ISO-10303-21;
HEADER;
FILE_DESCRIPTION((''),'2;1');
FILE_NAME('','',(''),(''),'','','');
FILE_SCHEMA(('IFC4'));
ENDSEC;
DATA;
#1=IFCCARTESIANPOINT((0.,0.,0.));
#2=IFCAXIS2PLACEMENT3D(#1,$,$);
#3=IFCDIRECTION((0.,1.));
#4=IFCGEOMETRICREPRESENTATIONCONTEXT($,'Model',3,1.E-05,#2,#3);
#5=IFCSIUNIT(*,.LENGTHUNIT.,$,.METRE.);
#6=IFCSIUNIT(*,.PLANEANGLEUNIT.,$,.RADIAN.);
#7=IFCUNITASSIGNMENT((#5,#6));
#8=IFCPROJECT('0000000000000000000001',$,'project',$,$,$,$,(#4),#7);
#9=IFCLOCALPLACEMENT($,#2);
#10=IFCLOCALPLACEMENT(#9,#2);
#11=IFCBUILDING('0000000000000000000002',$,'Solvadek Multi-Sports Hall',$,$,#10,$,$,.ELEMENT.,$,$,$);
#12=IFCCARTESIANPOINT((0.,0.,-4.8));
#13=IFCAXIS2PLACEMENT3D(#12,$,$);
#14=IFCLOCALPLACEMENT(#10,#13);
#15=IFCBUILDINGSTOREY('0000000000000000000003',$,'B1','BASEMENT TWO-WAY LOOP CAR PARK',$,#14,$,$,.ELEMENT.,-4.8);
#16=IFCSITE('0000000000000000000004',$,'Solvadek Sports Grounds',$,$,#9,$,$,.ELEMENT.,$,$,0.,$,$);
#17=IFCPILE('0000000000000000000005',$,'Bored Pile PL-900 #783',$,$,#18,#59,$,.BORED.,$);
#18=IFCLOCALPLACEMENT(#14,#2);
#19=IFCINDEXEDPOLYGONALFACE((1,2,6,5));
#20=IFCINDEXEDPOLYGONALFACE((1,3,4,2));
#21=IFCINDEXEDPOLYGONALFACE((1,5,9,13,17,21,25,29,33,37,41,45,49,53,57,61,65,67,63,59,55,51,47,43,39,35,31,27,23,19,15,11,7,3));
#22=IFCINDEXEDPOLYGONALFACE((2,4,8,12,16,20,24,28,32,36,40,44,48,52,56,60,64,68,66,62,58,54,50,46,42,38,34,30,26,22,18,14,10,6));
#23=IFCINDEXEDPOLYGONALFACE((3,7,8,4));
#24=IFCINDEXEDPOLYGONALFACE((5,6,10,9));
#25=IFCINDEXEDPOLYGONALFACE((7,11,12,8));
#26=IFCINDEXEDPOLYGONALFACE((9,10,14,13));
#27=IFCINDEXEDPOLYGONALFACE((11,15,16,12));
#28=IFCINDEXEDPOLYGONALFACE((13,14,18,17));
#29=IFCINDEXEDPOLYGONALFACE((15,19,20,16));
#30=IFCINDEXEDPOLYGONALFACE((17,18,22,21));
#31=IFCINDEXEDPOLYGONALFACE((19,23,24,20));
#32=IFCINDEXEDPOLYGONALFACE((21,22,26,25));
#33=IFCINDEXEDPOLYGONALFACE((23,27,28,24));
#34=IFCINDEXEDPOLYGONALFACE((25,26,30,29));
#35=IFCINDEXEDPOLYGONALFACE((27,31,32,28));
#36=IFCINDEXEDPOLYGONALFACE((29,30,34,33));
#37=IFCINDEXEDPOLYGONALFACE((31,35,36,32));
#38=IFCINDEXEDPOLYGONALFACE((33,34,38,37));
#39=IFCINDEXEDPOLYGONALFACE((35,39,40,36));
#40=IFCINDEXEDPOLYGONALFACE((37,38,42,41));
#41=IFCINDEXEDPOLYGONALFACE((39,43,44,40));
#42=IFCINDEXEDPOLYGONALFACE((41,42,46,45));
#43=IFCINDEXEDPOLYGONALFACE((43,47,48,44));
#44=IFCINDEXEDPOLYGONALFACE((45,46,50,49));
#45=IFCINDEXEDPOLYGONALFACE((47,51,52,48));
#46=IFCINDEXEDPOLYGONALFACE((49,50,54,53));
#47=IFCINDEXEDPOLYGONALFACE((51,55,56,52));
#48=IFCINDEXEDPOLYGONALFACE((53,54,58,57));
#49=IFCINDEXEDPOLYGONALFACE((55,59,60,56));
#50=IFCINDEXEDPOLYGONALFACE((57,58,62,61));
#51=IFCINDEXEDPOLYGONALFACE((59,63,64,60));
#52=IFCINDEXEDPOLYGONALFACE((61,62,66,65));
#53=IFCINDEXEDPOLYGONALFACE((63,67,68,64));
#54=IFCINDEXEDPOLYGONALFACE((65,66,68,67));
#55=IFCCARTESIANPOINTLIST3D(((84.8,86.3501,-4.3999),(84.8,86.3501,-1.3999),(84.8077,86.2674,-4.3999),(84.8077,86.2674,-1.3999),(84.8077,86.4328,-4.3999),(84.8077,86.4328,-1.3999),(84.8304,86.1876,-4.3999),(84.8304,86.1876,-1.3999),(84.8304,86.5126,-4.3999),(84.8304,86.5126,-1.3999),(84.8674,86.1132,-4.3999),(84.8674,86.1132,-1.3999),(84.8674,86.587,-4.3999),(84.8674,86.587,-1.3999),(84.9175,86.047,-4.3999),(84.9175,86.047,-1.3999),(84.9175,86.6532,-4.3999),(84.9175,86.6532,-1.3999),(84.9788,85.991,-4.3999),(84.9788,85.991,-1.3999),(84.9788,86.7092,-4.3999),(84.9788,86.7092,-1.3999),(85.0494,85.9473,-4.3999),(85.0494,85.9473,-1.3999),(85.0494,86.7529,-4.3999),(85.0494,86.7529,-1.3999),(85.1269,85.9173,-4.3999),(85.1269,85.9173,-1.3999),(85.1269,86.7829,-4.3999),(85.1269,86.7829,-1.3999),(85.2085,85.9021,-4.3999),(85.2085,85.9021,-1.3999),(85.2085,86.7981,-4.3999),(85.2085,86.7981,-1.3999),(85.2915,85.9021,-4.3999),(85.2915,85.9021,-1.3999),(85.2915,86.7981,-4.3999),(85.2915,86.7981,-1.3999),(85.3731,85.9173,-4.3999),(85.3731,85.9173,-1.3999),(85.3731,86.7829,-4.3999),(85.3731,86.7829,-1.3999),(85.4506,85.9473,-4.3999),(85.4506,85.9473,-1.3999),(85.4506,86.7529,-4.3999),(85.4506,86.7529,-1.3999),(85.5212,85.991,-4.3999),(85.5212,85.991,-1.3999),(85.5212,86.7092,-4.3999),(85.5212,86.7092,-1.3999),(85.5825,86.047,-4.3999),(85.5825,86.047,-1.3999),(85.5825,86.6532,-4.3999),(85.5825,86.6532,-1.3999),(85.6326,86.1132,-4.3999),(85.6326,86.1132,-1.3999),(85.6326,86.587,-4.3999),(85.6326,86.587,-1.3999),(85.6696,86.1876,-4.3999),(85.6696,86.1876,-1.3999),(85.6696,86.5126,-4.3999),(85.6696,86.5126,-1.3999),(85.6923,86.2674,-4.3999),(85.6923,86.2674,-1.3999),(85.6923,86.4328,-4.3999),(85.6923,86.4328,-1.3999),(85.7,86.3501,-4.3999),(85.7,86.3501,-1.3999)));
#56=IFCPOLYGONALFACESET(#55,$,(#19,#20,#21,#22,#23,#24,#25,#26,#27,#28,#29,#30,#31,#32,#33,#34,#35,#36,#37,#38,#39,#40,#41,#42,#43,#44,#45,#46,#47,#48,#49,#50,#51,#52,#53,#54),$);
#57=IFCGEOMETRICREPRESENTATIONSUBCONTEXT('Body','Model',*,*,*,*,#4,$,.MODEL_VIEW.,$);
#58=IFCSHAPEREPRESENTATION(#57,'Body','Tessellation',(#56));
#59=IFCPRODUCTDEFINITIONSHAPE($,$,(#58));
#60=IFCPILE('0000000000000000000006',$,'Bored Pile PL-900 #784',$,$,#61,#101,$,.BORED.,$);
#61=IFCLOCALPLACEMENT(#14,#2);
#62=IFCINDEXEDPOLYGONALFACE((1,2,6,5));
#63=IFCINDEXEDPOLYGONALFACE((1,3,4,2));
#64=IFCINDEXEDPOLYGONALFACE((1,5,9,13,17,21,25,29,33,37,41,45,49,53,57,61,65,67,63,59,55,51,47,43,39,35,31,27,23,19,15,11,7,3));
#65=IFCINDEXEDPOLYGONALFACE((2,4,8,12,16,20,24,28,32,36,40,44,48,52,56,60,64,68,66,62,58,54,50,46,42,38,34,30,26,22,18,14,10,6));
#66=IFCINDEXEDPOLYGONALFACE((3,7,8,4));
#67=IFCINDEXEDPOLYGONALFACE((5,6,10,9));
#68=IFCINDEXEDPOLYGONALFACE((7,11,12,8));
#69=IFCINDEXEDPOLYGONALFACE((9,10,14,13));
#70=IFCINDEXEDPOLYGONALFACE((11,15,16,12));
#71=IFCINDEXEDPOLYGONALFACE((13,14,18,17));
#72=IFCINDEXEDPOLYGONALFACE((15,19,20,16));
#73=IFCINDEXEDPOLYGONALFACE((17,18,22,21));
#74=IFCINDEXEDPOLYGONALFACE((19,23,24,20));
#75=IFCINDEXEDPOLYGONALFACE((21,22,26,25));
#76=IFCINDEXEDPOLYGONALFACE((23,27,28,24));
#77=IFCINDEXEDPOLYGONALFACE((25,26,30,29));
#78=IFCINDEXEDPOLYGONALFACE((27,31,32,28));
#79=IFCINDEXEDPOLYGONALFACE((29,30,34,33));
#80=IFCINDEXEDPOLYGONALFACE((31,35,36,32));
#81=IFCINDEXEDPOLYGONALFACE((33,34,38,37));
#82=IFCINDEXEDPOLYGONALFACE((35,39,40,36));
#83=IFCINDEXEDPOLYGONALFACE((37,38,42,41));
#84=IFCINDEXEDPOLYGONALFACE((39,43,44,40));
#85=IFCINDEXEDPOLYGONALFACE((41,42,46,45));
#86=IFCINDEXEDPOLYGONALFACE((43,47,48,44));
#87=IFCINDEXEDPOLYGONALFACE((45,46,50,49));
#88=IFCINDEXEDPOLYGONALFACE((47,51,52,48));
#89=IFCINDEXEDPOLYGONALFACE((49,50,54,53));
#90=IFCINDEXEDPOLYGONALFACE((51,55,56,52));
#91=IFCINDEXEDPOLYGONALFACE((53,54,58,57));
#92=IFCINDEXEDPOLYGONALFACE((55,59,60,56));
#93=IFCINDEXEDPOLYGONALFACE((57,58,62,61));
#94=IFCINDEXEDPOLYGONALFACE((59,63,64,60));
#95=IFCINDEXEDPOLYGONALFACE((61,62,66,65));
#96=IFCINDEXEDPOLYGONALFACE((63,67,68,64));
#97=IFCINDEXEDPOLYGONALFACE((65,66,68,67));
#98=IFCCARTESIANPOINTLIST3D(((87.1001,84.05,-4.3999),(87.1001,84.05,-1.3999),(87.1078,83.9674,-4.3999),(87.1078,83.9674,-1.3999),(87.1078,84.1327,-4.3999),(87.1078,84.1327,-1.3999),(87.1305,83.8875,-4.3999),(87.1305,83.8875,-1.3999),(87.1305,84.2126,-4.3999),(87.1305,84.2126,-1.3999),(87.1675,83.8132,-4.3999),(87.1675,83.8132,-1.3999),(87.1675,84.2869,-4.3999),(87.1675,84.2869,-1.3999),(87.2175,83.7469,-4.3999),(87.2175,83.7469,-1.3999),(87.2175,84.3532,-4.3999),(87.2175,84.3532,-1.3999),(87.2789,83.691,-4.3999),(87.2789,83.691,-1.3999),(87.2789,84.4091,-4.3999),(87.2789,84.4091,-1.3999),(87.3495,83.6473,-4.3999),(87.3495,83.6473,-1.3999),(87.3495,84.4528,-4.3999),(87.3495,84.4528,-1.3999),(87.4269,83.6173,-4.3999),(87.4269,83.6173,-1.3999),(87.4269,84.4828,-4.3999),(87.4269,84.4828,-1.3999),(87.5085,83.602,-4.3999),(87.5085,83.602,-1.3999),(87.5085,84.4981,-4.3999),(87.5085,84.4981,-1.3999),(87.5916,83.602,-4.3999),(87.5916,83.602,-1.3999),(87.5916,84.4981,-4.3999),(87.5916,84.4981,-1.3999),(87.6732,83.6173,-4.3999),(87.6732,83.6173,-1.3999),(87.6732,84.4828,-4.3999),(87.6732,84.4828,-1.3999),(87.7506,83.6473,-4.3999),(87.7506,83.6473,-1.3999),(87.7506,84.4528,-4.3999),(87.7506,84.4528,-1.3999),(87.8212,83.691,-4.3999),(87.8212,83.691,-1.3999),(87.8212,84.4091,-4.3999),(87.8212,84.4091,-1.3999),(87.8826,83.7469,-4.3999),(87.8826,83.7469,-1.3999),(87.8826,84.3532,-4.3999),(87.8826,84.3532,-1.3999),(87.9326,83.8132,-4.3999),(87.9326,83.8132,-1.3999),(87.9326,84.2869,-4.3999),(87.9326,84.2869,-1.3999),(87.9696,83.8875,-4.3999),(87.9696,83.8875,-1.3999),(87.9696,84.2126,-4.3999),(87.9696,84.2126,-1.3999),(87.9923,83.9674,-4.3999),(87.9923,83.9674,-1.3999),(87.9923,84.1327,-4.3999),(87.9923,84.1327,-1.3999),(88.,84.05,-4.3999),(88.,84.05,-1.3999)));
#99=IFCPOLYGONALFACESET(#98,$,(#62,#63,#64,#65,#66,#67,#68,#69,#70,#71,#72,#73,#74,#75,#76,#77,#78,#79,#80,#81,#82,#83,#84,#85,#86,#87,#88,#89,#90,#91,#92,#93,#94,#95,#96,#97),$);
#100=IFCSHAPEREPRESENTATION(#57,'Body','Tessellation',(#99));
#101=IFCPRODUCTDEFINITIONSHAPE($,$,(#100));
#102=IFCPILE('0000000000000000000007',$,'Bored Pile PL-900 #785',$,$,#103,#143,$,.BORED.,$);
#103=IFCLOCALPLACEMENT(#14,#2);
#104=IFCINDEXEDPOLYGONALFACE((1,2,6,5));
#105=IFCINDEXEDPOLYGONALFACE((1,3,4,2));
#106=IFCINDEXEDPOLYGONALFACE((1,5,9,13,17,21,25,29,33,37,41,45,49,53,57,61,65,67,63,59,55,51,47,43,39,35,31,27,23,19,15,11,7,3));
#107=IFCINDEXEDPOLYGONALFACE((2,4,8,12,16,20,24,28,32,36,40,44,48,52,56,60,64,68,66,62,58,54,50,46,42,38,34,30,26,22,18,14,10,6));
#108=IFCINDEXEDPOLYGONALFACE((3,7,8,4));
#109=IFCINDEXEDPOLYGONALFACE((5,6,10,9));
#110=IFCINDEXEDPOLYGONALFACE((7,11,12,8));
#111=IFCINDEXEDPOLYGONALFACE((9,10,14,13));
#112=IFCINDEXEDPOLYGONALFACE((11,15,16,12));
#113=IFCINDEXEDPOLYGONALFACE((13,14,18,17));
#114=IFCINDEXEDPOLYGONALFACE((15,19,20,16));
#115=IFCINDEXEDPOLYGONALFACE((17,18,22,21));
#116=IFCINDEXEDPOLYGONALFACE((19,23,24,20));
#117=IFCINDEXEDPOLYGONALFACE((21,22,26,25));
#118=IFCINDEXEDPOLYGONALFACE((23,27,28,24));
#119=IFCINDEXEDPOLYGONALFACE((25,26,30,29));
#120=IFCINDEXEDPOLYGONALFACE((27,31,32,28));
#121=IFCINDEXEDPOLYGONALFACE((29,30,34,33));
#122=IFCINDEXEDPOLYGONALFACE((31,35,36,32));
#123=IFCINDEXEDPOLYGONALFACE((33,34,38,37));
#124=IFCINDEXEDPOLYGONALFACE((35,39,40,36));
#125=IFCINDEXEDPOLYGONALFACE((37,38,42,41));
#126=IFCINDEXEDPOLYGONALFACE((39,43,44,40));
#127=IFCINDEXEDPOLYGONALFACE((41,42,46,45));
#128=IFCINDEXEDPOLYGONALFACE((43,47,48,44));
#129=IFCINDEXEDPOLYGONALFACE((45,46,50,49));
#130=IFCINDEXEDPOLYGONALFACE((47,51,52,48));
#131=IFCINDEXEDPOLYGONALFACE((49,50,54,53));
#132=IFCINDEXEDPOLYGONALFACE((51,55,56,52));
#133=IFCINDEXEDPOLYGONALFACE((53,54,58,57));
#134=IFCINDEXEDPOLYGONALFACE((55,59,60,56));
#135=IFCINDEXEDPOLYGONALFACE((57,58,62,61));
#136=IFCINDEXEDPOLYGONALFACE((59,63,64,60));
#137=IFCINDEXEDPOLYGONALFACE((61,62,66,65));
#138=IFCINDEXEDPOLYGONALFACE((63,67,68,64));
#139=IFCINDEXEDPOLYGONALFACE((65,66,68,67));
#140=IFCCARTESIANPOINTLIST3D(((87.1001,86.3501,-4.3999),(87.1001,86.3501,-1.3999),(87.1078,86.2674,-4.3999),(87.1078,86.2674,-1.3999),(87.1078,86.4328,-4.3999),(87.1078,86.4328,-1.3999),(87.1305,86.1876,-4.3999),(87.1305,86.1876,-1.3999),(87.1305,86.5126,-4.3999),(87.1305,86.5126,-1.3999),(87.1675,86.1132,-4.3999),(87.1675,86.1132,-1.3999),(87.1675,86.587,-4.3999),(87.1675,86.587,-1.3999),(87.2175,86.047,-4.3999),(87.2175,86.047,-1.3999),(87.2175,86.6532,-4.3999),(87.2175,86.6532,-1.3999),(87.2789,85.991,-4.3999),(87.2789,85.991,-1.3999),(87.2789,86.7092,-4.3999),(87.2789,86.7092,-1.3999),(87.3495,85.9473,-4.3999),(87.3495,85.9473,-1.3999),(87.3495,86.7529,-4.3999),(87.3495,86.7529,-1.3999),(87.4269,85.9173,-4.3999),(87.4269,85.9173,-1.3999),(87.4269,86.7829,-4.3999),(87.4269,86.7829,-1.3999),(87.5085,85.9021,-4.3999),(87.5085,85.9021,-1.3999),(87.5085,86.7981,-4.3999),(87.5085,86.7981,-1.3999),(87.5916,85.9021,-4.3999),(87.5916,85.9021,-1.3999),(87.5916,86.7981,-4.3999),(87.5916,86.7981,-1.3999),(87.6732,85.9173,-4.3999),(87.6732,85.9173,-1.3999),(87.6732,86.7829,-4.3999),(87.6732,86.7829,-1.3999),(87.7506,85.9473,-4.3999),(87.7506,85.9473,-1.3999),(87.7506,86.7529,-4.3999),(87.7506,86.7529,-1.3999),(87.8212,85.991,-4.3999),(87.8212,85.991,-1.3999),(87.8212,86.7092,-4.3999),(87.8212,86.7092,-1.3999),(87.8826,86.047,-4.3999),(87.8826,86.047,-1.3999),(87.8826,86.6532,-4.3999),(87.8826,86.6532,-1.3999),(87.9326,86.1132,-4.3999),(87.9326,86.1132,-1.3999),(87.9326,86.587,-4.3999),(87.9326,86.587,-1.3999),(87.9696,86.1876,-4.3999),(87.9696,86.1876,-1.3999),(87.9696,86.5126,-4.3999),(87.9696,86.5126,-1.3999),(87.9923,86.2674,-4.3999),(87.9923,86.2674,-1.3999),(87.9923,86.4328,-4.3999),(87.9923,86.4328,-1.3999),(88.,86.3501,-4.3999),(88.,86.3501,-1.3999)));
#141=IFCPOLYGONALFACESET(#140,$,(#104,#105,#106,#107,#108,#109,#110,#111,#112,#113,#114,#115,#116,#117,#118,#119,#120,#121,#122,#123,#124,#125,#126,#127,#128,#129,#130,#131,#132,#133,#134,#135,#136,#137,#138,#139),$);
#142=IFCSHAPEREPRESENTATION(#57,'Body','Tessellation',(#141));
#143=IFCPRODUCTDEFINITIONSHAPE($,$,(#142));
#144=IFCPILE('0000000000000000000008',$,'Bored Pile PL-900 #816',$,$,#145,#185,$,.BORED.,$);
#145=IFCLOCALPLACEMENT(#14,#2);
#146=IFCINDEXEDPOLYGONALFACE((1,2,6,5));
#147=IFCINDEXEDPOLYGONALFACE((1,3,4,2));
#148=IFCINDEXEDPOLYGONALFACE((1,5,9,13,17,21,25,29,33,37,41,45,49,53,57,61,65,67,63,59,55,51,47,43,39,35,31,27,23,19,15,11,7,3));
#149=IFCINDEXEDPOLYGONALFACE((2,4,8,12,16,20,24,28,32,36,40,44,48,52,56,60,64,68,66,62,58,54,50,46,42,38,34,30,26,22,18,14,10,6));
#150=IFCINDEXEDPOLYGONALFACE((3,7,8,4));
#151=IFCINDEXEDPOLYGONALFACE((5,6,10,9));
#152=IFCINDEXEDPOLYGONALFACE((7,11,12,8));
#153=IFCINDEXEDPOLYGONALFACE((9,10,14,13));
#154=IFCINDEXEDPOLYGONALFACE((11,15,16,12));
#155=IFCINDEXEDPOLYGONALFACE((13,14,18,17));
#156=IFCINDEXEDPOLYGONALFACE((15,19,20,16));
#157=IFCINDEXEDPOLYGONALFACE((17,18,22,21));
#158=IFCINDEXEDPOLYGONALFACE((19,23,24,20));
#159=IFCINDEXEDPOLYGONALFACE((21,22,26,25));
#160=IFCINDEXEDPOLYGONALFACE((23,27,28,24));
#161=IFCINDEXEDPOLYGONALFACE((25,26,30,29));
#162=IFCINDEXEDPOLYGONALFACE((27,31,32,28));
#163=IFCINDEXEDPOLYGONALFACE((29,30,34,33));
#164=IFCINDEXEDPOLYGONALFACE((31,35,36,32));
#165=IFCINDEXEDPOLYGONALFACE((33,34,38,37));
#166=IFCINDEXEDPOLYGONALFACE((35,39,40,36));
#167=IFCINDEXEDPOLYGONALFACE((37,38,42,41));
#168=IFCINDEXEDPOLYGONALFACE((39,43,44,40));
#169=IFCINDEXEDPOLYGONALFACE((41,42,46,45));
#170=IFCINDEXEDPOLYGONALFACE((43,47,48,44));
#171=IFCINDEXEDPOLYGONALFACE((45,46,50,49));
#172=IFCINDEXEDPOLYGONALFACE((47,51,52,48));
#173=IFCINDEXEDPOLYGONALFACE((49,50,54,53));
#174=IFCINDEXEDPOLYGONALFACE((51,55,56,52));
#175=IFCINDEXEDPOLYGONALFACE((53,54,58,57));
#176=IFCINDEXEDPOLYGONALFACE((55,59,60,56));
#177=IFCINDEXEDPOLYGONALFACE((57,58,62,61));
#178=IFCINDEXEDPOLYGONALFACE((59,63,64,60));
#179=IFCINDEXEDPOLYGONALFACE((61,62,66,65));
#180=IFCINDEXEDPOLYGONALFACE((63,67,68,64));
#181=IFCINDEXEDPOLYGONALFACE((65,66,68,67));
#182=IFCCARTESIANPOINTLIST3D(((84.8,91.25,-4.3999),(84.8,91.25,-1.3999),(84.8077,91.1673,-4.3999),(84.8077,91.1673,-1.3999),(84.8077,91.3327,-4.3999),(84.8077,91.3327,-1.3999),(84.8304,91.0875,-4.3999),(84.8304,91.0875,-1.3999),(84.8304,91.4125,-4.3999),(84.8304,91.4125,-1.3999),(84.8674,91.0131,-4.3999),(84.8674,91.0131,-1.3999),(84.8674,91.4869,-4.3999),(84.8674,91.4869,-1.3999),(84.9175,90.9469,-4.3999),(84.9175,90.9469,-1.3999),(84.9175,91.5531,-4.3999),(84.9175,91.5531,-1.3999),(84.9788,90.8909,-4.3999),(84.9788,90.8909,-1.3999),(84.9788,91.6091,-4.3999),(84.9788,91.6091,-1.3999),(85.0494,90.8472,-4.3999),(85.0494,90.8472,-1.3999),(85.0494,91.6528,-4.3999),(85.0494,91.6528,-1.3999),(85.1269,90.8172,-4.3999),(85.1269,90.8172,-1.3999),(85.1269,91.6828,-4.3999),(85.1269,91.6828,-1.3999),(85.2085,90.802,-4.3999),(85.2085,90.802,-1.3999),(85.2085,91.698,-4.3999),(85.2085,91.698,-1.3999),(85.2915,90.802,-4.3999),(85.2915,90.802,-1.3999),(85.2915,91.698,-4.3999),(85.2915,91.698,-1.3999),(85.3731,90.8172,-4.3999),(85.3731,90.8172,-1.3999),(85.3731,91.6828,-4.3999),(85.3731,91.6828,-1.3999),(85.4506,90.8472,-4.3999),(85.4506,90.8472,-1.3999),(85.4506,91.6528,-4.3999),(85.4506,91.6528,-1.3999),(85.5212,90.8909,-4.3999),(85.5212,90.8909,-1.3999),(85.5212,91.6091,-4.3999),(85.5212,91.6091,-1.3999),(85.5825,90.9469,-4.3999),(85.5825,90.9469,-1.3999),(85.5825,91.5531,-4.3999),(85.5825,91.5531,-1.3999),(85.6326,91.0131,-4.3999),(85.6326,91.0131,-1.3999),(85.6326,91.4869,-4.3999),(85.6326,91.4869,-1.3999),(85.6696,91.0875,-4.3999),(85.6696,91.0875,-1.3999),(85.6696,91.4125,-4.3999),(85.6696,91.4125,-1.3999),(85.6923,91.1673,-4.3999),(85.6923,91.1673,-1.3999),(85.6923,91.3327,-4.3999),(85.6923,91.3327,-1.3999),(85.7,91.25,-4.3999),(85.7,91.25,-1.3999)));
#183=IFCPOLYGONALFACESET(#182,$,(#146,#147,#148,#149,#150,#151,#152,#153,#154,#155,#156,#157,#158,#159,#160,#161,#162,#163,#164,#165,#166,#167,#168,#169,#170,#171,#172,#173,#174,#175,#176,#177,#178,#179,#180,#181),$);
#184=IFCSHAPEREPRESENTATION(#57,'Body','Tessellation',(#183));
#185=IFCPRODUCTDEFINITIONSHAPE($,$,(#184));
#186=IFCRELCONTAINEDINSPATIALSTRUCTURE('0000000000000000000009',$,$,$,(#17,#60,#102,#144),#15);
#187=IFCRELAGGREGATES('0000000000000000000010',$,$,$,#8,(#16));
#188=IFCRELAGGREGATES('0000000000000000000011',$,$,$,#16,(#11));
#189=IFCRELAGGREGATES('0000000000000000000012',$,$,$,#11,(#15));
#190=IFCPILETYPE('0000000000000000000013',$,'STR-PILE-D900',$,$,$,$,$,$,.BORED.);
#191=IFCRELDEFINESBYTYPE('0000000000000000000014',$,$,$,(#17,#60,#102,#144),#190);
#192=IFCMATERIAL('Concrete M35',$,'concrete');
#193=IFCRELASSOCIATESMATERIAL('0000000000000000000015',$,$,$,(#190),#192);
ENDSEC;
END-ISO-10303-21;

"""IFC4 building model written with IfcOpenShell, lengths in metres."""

from ifc_helpers import new_model, si_unit, direction, frame, origin, origin_2d, place, context, subcontext, project, spatial, circle, extrude, material, material_profile, profile_set, type_object, element, save


model = new_model("IFC4")

# Units and contexts
model_context = context("Model", 3, precision=1e-05, world=origin(), true_north=direction((0.0, 1.0)))
body_context = subcontext(model_context, "Body", "Model", "MODEL_VIEW")
ifc_project = project(units=[si_unit("LENGTHUNIT", "METRE"), si_unit("PLANEANGLEUNIT", "RADIAN")], contexts=[model_context])

# Site, building, storey
site_placement = place(None, origin())
site = spatial("IfcSite", under=ifc_project, at=site_placement, Name="Solvadek Sports Grounds", CompositionType="ELEMENT", RefElevation=0.0)
building_placement = place(site_placement, origin())
building = spatial("IfcBuilding", under=site, at=building_placement, Name="Solvadek Multi-Sports Hall", CompositionType="ELEMENT")
storey_placement = place(building_placement, frame((0.0, 0.0, -4.8)))
storey = spatial("IfcBuildingStorey", under=building, at=storey_placement, Name="B1", Description="BASEMENT TWO-WAY LOOP CAR PARK", CompositionType="ELEMENT", Elevation=-4.8)

# Piles
ifc_material_1 = material(Name="Concrete M35", Category="concrete")
ifc_material_profile_1 = material_profile(ifc_material_1, circle(Radius=0.45, at=origin_2d()), Name="BORED PILE D900")
ifc_profile_set_1 = profile_set([ifc_material_profile_1], Name="Concrete M35")
pile_type_1 = type_object("IfcPileType", Name="STR-PILE-D900", PredefinedType="BORED", material=ifc_profile_set_1)
for number, where, z_axis, x_axis, name in (
    (1, (85.25, 86.3501, -1.3999), (0.0, 0.0, -1.0), (1.0, 0.0, 0.0), "Bored Pile PL-900 #783"),
    (2, (87.55, 84.05, -1.3999), (0.0, 0.0, -1.0), (1.0, 0.0, 0.0), "Bored Pile PL-900 #784"),
    (3, (87.55, 86.3501, -1.3999), (0.0, 0.0, -1.0), (1.0, 0.0, 0.0), "Bored Pile PL-900 #785"),
    (4, (85.25, 91.25, -1.3999), (0.0, 0.0, -1.0), (1.0, 0.0, 0.0), "Bored Pile PL-900 #816"),
):
    element("IfcPile", number, at=place(storey_placement, frame(where, z_axis=z_axis, x_axis=x_axis)), inside=storey, type_object=pile_type_1, Name=name, PredefinedType="BORED", context=body_context, shape_type="SweptSolid", body=[
        extrude(circle(Radius=0.45, at=origin_2d()), origin(), (0.0, 0.0, 1.0), 3.0),
    ])

save(model, "model.ifc")
